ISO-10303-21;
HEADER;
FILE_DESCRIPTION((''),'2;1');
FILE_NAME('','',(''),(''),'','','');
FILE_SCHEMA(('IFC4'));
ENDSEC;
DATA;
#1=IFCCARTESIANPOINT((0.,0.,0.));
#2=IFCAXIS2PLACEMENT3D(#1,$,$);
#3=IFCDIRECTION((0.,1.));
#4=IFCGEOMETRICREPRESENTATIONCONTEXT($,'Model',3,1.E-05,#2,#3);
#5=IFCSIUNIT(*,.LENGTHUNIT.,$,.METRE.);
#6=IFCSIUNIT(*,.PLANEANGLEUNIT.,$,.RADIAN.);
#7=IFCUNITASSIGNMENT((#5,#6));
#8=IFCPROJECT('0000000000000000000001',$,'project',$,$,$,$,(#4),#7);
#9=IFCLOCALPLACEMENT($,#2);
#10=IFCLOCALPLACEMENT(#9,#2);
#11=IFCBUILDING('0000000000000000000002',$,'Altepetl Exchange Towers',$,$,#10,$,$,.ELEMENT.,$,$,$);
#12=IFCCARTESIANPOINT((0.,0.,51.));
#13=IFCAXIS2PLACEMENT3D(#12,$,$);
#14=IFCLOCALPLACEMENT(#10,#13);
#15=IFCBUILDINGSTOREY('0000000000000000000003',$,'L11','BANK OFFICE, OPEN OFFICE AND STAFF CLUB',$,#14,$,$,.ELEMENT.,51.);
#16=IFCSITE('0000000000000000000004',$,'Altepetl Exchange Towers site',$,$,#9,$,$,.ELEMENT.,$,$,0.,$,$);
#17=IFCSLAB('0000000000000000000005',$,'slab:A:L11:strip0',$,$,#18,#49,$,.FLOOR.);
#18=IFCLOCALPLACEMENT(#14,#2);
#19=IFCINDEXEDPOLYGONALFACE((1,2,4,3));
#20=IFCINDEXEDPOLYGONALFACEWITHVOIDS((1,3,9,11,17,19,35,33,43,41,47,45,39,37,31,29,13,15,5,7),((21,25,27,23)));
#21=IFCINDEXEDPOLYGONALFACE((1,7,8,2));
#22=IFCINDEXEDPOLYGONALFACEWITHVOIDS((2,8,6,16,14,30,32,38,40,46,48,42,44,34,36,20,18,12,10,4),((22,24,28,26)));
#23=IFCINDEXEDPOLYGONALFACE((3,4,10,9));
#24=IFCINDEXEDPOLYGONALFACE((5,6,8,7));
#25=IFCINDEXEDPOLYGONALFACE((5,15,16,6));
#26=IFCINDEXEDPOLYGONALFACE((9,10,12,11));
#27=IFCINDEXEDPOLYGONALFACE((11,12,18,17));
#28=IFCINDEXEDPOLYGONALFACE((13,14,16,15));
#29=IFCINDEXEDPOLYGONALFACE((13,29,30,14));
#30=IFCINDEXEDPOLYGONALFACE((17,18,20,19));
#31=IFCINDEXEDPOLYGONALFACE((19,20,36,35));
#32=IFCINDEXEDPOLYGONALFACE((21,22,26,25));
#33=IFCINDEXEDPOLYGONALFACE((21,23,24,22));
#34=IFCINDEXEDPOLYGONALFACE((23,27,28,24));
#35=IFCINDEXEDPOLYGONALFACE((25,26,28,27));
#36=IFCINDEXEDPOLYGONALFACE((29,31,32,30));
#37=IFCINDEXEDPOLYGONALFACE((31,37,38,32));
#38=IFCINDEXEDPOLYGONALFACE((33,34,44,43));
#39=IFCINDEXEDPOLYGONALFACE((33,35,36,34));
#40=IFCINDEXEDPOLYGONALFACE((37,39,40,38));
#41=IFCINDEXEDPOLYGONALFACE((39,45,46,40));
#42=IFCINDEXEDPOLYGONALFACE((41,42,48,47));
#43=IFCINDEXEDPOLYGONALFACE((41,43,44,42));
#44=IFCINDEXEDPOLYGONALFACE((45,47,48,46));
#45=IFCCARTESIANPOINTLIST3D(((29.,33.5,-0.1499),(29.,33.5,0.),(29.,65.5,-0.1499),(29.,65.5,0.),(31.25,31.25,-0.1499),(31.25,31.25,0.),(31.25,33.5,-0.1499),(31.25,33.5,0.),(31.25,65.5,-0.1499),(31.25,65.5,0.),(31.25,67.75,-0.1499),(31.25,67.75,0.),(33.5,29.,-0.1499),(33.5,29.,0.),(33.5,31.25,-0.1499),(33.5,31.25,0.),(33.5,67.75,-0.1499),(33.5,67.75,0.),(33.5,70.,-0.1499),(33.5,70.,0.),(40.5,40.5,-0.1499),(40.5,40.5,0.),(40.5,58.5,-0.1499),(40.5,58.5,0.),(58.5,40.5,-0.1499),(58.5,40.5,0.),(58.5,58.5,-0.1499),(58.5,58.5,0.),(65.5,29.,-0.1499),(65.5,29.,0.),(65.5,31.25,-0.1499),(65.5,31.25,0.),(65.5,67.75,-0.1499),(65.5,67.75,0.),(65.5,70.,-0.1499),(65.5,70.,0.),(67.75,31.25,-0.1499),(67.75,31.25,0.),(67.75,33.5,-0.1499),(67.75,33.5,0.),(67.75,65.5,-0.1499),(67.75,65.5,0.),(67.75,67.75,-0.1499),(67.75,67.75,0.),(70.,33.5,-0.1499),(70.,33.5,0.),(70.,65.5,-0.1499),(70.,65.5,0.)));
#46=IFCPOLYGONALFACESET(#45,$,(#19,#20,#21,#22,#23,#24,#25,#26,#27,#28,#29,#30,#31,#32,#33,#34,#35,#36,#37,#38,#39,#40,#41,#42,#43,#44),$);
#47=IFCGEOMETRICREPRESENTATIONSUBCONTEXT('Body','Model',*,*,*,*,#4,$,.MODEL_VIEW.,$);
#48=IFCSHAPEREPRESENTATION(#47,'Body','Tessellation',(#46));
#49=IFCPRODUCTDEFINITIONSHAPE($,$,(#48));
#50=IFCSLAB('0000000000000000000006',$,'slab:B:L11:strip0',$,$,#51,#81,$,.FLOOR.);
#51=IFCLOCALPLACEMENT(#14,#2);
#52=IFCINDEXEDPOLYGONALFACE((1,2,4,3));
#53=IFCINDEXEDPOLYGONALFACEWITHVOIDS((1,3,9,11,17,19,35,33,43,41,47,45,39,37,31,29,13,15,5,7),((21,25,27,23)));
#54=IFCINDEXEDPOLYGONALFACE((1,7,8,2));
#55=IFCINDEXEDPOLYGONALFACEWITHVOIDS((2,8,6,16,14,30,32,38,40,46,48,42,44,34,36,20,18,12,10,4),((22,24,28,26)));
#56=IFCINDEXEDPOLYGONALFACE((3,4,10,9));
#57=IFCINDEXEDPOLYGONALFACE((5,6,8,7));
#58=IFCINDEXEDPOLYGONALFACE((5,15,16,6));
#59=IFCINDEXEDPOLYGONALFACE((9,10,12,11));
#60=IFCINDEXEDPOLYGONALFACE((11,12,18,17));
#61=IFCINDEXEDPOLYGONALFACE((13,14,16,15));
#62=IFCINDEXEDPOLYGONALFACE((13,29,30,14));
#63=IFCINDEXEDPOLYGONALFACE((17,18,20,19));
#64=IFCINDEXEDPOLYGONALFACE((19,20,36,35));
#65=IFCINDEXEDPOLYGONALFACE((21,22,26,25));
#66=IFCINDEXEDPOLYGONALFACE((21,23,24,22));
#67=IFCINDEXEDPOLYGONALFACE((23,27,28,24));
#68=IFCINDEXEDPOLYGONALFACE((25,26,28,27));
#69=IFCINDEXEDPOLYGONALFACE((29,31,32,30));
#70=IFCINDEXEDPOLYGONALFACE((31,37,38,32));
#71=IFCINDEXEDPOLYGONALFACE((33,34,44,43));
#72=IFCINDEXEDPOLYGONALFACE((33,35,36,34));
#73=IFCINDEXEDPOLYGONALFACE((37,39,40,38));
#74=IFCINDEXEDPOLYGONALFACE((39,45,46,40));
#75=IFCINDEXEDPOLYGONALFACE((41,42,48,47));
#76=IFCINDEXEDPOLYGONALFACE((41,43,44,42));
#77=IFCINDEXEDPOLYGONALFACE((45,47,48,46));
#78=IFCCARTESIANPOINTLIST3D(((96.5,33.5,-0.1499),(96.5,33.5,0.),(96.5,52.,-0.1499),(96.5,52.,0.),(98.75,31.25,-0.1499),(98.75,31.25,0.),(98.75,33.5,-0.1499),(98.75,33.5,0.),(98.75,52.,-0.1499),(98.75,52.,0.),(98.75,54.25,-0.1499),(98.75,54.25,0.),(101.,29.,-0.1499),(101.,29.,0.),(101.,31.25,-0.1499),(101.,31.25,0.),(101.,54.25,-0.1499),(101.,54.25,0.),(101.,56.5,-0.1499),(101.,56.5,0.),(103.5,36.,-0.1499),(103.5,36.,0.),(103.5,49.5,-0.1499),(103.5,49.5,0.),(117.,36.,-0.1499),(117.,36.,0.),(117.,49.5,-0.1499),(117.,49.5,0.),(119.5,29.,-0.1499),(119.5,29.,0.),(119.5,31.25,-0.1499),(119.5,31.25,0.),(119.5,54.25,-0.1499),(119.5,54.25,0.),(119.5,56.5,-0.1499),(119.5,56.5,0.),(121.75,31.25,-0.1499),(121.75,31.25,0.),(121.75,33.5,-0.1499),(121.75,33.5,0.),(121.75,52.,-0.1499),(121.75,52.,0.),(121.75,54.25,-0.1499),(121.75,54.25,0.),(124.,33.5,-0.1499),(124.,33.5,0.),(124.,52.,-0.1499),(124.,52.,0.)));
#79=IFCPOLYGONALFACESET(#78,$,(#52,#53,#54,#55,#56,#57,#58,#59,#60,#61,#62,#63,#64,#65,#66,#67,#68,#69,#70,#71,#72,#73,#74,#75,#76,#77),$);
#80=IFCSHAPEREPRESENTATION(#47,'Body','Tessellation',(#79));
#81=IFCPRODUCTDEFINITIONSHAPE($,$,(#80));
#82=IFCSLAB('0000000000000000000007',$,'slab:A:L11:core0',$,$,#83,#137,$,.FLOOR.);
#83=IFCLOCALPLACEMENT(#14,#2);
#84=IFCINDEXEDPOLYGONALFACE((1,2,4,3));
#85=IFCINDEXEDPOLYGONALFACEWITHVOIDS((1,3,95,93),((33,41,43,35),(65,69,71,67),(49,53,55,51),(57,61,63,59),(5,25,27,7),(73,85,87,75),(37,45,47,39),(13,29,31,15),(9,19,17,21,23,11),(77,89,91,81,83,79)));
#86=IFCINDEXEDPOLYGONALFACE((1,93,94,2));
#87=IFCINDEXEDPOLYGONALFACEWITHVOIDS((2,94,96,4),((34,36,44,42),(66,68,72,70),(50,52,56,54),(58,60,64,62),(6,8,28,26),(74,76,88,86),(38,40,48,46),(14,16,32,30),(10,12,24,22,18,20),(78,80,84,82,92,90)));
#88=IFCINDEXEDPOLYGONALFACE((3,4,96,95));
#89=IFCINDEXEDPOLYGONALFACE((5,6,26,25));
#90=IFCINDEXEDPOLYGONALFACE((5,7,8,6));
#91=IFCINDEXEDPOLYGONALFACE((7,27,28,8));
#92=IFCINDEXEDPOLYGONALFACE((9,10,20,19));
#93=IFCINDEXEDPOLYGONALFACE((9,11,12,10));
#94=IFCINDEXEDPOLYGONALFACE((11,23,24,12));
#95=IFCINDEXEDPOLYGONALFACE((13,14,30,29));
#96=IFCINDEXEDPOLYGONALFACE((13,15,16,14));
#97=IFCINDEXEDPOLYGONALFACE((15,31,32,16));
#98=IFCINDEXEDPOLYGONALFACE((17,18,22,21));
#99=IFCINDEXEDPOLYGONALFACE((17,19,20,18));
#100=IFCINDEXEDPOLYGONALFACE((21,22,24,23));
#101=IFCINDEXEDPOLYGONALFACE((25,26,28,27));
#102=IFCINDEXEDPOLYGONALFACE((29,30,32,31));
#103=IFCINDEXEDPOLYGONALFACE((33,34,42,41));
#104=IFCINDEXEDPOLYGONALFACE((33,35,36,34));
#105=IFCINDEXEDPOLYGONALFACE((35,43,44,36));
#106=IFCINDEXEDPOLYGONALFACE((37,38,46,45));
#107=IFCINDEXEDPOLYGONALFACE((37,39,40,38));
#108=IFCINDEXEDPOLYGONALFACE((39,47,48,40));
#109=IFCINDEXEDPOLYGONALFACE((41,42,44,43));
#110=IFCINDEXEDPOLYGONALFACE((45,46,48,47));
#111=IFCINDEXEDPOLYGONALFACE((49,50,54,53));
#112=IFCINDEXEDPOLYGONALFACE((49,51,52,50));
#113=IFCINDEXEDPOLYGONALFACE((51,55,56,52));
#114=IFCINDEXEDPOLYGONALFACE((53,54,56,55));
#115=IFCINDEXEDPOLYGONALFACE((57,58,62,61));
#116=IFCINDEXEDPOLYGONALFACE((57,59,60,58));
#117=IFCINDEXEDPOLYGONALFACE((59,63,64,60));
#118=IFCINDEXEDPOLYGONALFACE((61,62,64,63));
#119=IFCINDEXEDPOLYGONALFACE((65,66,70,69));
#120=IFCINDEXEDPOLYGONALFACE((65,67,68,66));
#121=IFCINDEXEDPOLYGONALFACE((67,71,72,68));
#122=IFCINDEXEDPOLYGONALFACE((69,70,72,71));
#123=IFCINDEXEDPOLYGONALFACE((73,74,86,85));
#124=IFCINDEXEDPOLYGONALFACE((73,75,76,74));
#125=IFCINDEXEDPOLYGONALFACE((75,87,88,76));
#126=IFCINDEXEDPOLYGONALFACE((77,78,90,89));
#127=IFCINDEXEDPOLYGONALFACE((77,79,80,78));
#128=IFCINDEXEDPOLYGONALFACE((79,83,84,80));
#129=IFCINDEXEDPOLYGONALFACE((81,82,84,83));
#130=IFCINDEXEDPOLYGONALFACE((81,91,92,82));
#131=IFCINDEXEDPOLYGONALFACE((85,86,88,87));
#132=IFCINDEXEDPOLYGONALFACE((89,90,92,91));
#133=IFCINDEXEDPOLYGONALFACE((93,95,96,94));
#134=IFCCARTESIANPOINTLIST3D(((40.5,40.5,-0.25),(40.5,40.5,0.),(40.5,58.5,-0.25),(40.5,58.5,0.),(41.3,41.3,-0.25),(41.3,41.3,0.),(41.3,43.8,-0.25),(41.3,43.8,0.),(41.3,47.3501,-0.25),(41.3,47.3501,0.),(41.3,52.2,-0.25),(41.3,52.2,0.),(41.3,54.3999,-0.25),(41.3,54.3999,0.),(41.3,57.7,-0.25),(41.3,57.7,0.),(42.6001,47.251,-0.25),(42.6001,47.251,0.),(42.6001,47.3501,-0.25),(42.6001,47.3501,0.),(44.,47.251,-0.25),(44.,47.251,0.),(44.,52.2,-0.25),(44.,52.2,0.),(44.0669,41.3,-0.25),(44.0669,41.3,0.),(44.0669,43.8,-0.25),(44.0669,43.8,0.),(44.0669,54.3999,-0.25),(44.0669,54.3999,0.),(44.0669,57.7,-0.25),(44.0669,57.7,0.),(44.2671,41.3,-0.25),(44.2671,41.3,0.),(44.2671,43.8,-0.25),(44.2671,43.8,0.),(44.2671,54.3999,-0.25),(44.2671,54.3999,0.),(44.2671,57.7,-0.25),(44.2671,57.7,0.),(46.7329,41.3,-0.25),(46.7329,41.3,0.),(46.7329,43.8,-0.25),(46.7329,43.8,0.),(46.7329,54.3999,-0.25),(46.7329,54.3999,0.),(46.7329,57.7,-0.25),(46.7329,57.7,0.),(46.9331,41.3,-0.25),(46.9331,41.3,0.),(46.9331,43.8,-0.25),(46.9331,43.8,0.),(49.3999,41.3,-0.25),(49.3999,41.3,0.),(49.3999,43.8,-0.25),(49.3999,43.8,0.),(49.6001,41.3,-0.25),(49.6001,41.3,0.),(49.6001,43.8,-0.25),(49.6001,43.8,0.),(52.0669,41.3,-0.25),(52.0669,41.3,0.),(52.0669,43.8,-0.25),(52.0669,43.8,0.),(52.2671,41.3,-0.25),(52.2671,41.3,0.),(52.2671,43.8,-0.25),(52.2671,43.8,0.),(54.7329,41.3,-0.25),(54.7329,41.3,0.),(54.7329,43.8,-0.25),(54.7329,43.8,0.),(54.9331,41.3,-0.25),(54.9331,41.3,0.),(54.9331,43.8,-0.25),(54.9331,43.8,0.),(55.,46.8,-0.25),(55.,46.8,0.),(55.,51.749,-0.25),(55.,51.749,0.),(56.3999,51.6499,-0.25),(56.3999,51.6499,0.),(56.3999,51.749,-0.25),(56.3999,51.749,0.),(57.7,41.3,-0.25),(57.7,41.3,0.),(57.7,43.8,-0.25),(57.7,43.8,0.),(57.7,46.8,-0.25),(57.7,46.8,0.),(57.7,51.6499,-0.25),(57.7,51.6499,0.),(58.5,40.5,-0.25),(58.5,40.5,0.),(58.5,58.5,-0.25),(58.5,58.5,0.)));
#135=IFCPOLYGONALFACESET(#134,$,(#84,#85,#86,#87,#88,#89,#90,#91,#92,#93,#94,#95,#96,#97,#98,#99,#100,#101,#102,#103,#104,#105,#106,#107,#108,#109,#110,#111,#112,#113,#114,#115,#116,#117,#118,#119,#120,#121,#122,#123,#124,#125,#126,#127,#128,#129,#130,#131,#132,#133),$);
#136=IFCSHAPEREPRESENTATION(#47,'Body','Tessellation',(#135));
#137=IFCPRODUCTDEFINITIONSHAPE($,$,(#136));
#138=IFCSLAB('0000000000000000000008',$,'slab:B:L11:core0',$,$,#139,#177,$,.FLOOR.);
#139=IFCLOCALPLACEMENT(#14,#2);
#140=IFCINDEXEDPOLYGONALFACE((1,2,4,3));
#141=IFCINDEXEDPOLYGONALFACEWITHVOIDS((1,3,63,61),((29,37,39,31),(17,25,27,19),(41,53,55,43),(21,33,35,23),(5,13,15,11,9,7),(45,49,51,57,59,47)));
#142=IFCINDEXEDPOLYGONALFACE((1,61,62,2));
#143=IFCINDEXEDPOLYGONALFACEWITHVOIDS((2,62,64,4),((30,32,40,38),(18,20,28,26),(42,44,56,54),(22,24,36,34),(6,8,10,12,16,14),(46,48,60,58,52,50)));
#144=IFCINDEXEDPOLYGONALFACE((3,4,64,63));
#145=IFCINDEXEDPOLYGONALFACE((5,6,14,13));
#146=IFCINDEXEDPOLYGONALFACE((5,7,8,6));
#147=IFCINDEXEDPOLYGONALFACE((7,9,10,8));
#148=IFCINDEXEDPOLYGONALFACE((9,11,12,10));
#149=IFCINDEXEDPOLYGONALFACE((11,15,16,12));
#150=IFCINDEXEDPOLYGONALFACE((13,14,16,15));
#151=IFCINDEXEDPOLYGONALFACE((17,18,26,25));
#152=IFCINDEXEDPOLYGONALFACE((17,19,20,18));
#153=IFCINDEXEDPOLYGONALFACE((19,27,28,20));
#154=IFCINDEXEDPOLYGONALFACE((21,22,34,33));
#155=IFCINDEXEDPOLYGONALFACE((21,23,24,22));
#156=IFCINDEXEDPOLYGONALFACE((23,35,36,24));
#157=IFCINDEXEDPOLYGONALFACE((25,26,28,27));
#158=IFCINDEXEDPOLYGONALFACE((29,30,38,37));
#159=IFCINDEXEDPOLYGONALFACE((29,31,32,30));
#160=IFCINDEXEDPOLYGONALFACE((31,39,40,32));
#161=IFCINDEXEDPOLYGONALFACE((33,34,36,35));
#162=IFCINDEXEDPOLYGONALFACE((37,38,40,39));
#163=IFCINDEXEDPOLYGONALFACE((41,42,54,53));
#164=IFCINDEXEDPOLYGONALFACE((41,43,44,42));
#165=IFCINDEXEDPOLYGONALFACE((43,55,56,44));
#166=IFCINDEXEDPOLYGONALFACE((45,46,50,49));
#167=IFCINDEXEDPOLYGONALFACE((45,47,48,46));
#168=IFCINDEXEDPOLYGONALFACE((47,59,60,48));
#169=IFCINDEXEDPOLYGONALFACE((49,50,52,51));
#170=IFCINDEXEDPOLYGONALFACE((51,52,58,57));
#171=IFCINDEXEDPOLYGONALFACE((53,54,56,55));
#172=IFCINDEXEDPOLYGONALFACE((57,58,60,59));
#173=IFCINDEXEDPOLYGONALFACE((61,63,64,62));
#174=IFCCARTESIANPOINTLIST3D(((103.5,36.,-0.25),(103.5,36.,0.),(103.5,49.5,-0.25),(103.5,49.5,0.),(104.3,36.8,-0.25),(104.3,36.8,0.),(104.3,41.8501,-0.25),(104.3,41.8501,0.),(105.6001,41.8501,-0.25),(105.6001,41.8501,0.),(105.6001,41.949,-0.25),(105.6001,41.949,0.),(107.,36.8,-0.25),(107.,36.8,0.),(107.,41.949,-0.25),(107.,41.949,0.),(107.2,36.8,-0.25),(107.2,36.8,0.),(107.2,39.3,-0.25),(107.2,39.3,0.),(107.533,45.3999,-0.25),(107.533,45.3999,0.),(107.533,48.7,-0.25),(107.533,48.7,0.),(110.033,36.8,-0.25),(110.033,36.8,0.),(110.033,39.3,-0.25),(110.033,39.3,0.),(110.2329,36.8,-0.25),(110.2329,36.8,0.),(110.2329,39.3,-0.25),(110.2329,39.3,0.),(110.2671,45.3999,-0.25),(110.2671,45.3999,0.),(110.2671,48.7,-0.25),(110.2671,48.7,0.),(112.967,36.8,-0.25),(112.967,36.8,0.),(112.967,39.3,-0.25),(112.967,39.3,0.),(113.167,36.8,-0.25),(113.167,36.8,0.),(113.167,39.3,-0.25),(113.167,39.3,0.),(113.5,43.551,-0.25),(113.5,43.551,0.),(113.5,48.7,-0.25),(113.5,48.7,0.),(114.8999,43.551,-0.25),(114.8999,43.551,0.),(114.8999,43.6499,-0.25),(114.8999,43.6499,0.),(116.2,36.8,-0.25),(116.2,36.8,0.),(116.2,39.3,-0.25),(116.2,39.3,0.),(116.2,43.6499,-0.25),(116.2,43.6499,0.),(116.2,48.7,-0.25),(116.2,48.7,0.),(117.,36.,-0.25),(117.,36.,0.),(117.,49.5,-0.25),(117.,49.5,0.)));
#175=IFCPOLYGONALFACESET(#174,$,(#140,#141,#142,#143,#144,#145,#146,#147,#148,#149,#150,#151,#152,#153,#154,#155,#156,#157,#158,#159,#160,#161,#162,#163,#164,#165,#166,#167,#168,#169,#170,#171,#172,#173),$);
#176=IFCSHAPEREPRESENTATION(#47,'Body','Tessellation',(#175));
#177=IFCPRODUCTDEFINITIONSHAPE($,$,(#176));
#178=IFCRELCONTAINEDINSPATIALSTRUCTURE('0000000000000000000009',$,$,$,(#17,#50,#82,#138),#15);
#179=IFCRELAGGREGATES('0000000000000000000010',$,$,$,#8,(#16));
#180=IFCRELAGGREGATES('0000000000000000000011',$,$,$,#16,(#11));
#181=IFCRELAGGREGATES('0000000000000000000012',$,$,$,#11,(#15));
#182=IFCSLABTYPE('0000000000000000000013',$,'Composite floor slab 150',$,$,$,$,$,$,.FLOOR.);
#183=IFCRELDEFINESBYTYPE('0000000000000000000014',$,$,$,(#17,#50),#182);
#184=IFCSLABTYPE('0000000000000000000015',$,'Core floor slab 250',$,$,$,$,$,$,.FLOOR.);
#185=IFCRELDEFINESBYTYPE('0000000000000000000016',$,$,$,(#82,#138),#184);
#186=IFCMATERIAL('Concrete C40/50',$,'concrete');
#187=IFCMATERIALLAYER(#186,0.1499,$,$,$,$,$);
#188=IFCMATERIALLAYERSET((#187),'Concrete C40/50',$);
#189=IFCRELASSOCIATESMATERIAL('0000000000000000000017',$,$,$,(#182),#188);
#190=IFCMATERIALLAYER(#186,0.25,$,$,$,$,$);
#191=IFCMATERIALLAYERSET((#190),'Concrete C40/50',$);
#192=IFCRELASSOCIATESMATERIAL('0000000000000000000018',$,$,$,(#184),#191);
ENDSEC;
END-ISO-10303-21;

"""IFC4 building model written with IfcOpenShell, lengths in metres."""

from ifc_helpers import new_model, si_unit, direction, frame, origin, place, context, subcontext, project, spatial, polyline, outline, extrude, material, layer, layer_set, type_object, element, save


model = new_model("IFC4")

# Units and contexts
model_context = context("Model", 3, precision=1e-05, world=origin(), true_north=direction((0.0, 1.0)))
body_context = subcontext(model_context, "Body", "Model", "MODEL_VIEW")
ifc_project = project(units=[si_unit("LENGTHUNIT", "METRE"), si_unit("PLANEANGLEUNIT", "RADIAN")], contexts=[model_context])

# Site, building, storey
site_placement = place(None, origin())
site = spatial("IfcSite", under=ifc_project, at=site_placement, Name="Altepetl Exchange Towers site", CompositionType="ELEMENT", RefElevation=0.0)
building_placement = place(site_placement, origin())
building = spatial("IfcBuilding", under=site, at=building_placement, Name="Altepetl Exchange Towers", CompositionType="ELEMENT")
storey_placement = place(building_placement, frame((0.0, 0.0, 51.0)))
storey = spatial("IfcBuildingStorey", under=building, at=storey_placement, Name="L11", Description="BANK OFFICE, OPEN OFFICE AND STAFF CLUB", CompositionType="ELEMENT", Elevation=51.0)

# Slabs
ifc_material_1 = material(Name="Concrete C40/50", Category="concrete")
ifc_layer_1 = layer(ifc_material_1, 0.1499)
ifc_layer_set_1 = layer_set([ifc_layer_1], Name="Concrete C40/50")
slab_type_1 = type_object("IfcSlabType", Name="Composite floor slab 150", PredefinedType="FLOOR", material=ifc_layer_set_1)
slab_1_placement = place(storey_placement, frame((0.0, 0.0, -0.1499)))
element("IfcSlab", 1, at=slab_1_placement, inside=storey, type_object=slab_type_1, Name="slab:A:L11:strip0", PredefinedType="FLOOR", context=body_context, shape_type="SweptSolid", body=[
    extrude(outline(polyline([(31.25, 67.75), (31.25, 65.5), (29.0, 65.5), (29.0, 33.5), (31.25, 33.5), (31.25, 31.25), (33.5, 31.25), (33.5, 29.0), (65.5, 29.0), (65.5, 31.25), (67.75, 31.25), (67.75, 33.5), (70.0, 33.5), (70.0, 65.5), (67.75, 65.5), (67.75, 67.75), (65.5, 67.75), (65.5, 70.0), (33.5, 70.0), (33.5, 67.75), (31.25, 67.75)]), holes=[polyline([(58.5, 58.5), (58.5, 40.5), (40.5, 40.5), (40.5, 58.5), (58.5, 58.5)])]), origin(), (0.0, 0.0, 1.0), 0.1499),
])
slab_2_placement = place(storey_placement, frame((0.0, 0.0, -0.1499)))
element("IfcSlab", 2, at=slab_2_placement, inside=storey, type_object=slab_type_1, Name="slab:B:L11:strip0", PredefinedType="FLOOR", context=body_context, shape_type="SweptSolid", body=[
    extrude(outline(polyline([(98.75, 54.25), (98.75, 52.0), (96.5, 52.0), (96.5, 33.5), (98.75, 33.5), (98.75, 31.25), (101.0, 31.25), (101.0, 29.0), (119.5, 29.0), (119.5, 31.25), (121.75, 31.25), (121.75, 33.5), (124.0, 33.5), (124.0, 52.0), (121.75, 52.0), (121.75, 54.25), (119.5, 54.25), (119.5, 56.5), (101.0, 56.5), (101.0, 54.25), (98.75, 54.25)]), holes=[polyline([(117.0, 49.5), (117.0, 36.0), (103.5, 36.0), (103.5, 49.5), (117.0, 49.5)])]), origin(), (0.0, 0.0, 1.0), 0.1499),
])
ifc_layer_2 = layer(ifc_material_1, 0.25)
ifc_layer_set_2 = layer_set([ifc_layer_2], Name="Concrete C40/50")
slab_type_2 = type_object("IfcSlabType", Name="Core floor slab 250", PredefinedType="FLOOR", material=ifc_layer_set_2)
slab_3_placement = place(storey_placement, frame((0.0, 0.0, -0.25)))
element("IfcSlab", 3, at=slab_3_placement, inside=storey, type_object=slab_type_2, Name="slab:A:L11:core0", PredefinedType="FLOOR", context=body_context, shape_type="SweptSolid", body=[
    extrude(outline(polyline([(40.5, 40.5), (58.5, 40.5), (58.5, 58.5), (40.5, 58.5), (40.5, 40.5)]), holes=[polyline([(41.3, 43.8), (44.0669, 43.8), (44.0669, 41.3), (41.3, 41.3), (41.3, 43.8)]), polyline([(44.2671, 43.8), (46.7329, 43.8), (46.7329, 41.3), (44.2671, 41.3), (44.2671, 43.8)]), polyline([(46.9331, 43.8), (49.3999, 43.8), (49.3999, 41.3), (46.9331, 41.3), (46.9331, 43.8)]), polyline([(52.0669, 43.8), (52.0669, 41.3), (49.6001, 41.3), (49.6001, 43.8), (52.0669, 43.8)]), polyline([(54.7329, 43.8), (54.7329, 41.3), (52.2671, 41.3), (52.2671, 43.8), (54.7329, 43.8)]), polyline([(54.9331, 43.8), (57.7, 43.8), (57.7, 41.3), (54.9331, 41.3), (54.9331, 43.8)]), polyline([(55.0, 51.749), (56.3999, 51.749), (56.3999, 51.6499), (57.7, 51.6499), (57.7, 46.8), (55.0, 46.8), (55.0, 51.749)]), polyline([(44.0, 47.251), (42.6001, 47.251), (42.6001, 47.3501), (41.3, 47.3501), (41.3, 52.2), (44.0, 52.2), (44.0, 47.251)]), polyline([(44.0669, 57.7), (44.0669, 54.3999), (41.3, 54.3999), (41.3, 57.7), (44.0669, 57.7)]), polyline([(46.7329, 57.7), (46.7329, 54.3999), (44.2671, 54.3999), (44.2671, 57.7), (46.7329, 57.7)])]), origin(), (0.0, 0.0, 1.0), 0.25),
])
slab_4_placement = place(storey_placement, frame((0.0, 0.0, -0.25)))
element("IfcSlab", 4, at=slab_4_placement, inside=storey, type_object=slab_type_2, Name="slab:B:L11:core0", PredefinedType="FLOOR", context=body_context, shape_type="SweptSolid", body=[
    extrude(outline(polyline([(103.5, 36.0), (117.0, 36.0), (117.0, 49.5), (103.5, 49.5), (103.5, 36.0)]), holes=[polyline([(107.2, 36.8), (107.2, 39.3), (110.033, 39.3), (110.033, 36.8), (107.2, 36.8)]), polyline([(110.2329, 39.3), (112.967, 39.3), (112.967, 36.8), (110.2329, 36.8), (110.2329, 39.3)]), polyline([(113.167, 39.3), (116.2, 39.3), (116.2, 36.8), (113.167, 36.8), (113.167, 39.3)]), polyline([(107.0, 36.8), (104.3, 36.8), (104.3, 41.8501), (105.6001, 41.8501), (105.6001, 41.949), (107.0, 41.949), (107.0, 36.8)]), polyline([(116.2, 48.7), (116.2, 43.6499), (114.8999, 43.6499), (114.8999, 43.551), (113.5, 43.551), (113.5, 48.7), (116.2, 48.7)]), polyline([(107.533, 48.7), (110.2671, 48.7), (110.2671, 45.3999), (107.533, 45.3999), (107.533, 48.7)])]), origin(), (0.0, 0.0, 1.0), 0.25),
])

save(model, "model.ifc")
